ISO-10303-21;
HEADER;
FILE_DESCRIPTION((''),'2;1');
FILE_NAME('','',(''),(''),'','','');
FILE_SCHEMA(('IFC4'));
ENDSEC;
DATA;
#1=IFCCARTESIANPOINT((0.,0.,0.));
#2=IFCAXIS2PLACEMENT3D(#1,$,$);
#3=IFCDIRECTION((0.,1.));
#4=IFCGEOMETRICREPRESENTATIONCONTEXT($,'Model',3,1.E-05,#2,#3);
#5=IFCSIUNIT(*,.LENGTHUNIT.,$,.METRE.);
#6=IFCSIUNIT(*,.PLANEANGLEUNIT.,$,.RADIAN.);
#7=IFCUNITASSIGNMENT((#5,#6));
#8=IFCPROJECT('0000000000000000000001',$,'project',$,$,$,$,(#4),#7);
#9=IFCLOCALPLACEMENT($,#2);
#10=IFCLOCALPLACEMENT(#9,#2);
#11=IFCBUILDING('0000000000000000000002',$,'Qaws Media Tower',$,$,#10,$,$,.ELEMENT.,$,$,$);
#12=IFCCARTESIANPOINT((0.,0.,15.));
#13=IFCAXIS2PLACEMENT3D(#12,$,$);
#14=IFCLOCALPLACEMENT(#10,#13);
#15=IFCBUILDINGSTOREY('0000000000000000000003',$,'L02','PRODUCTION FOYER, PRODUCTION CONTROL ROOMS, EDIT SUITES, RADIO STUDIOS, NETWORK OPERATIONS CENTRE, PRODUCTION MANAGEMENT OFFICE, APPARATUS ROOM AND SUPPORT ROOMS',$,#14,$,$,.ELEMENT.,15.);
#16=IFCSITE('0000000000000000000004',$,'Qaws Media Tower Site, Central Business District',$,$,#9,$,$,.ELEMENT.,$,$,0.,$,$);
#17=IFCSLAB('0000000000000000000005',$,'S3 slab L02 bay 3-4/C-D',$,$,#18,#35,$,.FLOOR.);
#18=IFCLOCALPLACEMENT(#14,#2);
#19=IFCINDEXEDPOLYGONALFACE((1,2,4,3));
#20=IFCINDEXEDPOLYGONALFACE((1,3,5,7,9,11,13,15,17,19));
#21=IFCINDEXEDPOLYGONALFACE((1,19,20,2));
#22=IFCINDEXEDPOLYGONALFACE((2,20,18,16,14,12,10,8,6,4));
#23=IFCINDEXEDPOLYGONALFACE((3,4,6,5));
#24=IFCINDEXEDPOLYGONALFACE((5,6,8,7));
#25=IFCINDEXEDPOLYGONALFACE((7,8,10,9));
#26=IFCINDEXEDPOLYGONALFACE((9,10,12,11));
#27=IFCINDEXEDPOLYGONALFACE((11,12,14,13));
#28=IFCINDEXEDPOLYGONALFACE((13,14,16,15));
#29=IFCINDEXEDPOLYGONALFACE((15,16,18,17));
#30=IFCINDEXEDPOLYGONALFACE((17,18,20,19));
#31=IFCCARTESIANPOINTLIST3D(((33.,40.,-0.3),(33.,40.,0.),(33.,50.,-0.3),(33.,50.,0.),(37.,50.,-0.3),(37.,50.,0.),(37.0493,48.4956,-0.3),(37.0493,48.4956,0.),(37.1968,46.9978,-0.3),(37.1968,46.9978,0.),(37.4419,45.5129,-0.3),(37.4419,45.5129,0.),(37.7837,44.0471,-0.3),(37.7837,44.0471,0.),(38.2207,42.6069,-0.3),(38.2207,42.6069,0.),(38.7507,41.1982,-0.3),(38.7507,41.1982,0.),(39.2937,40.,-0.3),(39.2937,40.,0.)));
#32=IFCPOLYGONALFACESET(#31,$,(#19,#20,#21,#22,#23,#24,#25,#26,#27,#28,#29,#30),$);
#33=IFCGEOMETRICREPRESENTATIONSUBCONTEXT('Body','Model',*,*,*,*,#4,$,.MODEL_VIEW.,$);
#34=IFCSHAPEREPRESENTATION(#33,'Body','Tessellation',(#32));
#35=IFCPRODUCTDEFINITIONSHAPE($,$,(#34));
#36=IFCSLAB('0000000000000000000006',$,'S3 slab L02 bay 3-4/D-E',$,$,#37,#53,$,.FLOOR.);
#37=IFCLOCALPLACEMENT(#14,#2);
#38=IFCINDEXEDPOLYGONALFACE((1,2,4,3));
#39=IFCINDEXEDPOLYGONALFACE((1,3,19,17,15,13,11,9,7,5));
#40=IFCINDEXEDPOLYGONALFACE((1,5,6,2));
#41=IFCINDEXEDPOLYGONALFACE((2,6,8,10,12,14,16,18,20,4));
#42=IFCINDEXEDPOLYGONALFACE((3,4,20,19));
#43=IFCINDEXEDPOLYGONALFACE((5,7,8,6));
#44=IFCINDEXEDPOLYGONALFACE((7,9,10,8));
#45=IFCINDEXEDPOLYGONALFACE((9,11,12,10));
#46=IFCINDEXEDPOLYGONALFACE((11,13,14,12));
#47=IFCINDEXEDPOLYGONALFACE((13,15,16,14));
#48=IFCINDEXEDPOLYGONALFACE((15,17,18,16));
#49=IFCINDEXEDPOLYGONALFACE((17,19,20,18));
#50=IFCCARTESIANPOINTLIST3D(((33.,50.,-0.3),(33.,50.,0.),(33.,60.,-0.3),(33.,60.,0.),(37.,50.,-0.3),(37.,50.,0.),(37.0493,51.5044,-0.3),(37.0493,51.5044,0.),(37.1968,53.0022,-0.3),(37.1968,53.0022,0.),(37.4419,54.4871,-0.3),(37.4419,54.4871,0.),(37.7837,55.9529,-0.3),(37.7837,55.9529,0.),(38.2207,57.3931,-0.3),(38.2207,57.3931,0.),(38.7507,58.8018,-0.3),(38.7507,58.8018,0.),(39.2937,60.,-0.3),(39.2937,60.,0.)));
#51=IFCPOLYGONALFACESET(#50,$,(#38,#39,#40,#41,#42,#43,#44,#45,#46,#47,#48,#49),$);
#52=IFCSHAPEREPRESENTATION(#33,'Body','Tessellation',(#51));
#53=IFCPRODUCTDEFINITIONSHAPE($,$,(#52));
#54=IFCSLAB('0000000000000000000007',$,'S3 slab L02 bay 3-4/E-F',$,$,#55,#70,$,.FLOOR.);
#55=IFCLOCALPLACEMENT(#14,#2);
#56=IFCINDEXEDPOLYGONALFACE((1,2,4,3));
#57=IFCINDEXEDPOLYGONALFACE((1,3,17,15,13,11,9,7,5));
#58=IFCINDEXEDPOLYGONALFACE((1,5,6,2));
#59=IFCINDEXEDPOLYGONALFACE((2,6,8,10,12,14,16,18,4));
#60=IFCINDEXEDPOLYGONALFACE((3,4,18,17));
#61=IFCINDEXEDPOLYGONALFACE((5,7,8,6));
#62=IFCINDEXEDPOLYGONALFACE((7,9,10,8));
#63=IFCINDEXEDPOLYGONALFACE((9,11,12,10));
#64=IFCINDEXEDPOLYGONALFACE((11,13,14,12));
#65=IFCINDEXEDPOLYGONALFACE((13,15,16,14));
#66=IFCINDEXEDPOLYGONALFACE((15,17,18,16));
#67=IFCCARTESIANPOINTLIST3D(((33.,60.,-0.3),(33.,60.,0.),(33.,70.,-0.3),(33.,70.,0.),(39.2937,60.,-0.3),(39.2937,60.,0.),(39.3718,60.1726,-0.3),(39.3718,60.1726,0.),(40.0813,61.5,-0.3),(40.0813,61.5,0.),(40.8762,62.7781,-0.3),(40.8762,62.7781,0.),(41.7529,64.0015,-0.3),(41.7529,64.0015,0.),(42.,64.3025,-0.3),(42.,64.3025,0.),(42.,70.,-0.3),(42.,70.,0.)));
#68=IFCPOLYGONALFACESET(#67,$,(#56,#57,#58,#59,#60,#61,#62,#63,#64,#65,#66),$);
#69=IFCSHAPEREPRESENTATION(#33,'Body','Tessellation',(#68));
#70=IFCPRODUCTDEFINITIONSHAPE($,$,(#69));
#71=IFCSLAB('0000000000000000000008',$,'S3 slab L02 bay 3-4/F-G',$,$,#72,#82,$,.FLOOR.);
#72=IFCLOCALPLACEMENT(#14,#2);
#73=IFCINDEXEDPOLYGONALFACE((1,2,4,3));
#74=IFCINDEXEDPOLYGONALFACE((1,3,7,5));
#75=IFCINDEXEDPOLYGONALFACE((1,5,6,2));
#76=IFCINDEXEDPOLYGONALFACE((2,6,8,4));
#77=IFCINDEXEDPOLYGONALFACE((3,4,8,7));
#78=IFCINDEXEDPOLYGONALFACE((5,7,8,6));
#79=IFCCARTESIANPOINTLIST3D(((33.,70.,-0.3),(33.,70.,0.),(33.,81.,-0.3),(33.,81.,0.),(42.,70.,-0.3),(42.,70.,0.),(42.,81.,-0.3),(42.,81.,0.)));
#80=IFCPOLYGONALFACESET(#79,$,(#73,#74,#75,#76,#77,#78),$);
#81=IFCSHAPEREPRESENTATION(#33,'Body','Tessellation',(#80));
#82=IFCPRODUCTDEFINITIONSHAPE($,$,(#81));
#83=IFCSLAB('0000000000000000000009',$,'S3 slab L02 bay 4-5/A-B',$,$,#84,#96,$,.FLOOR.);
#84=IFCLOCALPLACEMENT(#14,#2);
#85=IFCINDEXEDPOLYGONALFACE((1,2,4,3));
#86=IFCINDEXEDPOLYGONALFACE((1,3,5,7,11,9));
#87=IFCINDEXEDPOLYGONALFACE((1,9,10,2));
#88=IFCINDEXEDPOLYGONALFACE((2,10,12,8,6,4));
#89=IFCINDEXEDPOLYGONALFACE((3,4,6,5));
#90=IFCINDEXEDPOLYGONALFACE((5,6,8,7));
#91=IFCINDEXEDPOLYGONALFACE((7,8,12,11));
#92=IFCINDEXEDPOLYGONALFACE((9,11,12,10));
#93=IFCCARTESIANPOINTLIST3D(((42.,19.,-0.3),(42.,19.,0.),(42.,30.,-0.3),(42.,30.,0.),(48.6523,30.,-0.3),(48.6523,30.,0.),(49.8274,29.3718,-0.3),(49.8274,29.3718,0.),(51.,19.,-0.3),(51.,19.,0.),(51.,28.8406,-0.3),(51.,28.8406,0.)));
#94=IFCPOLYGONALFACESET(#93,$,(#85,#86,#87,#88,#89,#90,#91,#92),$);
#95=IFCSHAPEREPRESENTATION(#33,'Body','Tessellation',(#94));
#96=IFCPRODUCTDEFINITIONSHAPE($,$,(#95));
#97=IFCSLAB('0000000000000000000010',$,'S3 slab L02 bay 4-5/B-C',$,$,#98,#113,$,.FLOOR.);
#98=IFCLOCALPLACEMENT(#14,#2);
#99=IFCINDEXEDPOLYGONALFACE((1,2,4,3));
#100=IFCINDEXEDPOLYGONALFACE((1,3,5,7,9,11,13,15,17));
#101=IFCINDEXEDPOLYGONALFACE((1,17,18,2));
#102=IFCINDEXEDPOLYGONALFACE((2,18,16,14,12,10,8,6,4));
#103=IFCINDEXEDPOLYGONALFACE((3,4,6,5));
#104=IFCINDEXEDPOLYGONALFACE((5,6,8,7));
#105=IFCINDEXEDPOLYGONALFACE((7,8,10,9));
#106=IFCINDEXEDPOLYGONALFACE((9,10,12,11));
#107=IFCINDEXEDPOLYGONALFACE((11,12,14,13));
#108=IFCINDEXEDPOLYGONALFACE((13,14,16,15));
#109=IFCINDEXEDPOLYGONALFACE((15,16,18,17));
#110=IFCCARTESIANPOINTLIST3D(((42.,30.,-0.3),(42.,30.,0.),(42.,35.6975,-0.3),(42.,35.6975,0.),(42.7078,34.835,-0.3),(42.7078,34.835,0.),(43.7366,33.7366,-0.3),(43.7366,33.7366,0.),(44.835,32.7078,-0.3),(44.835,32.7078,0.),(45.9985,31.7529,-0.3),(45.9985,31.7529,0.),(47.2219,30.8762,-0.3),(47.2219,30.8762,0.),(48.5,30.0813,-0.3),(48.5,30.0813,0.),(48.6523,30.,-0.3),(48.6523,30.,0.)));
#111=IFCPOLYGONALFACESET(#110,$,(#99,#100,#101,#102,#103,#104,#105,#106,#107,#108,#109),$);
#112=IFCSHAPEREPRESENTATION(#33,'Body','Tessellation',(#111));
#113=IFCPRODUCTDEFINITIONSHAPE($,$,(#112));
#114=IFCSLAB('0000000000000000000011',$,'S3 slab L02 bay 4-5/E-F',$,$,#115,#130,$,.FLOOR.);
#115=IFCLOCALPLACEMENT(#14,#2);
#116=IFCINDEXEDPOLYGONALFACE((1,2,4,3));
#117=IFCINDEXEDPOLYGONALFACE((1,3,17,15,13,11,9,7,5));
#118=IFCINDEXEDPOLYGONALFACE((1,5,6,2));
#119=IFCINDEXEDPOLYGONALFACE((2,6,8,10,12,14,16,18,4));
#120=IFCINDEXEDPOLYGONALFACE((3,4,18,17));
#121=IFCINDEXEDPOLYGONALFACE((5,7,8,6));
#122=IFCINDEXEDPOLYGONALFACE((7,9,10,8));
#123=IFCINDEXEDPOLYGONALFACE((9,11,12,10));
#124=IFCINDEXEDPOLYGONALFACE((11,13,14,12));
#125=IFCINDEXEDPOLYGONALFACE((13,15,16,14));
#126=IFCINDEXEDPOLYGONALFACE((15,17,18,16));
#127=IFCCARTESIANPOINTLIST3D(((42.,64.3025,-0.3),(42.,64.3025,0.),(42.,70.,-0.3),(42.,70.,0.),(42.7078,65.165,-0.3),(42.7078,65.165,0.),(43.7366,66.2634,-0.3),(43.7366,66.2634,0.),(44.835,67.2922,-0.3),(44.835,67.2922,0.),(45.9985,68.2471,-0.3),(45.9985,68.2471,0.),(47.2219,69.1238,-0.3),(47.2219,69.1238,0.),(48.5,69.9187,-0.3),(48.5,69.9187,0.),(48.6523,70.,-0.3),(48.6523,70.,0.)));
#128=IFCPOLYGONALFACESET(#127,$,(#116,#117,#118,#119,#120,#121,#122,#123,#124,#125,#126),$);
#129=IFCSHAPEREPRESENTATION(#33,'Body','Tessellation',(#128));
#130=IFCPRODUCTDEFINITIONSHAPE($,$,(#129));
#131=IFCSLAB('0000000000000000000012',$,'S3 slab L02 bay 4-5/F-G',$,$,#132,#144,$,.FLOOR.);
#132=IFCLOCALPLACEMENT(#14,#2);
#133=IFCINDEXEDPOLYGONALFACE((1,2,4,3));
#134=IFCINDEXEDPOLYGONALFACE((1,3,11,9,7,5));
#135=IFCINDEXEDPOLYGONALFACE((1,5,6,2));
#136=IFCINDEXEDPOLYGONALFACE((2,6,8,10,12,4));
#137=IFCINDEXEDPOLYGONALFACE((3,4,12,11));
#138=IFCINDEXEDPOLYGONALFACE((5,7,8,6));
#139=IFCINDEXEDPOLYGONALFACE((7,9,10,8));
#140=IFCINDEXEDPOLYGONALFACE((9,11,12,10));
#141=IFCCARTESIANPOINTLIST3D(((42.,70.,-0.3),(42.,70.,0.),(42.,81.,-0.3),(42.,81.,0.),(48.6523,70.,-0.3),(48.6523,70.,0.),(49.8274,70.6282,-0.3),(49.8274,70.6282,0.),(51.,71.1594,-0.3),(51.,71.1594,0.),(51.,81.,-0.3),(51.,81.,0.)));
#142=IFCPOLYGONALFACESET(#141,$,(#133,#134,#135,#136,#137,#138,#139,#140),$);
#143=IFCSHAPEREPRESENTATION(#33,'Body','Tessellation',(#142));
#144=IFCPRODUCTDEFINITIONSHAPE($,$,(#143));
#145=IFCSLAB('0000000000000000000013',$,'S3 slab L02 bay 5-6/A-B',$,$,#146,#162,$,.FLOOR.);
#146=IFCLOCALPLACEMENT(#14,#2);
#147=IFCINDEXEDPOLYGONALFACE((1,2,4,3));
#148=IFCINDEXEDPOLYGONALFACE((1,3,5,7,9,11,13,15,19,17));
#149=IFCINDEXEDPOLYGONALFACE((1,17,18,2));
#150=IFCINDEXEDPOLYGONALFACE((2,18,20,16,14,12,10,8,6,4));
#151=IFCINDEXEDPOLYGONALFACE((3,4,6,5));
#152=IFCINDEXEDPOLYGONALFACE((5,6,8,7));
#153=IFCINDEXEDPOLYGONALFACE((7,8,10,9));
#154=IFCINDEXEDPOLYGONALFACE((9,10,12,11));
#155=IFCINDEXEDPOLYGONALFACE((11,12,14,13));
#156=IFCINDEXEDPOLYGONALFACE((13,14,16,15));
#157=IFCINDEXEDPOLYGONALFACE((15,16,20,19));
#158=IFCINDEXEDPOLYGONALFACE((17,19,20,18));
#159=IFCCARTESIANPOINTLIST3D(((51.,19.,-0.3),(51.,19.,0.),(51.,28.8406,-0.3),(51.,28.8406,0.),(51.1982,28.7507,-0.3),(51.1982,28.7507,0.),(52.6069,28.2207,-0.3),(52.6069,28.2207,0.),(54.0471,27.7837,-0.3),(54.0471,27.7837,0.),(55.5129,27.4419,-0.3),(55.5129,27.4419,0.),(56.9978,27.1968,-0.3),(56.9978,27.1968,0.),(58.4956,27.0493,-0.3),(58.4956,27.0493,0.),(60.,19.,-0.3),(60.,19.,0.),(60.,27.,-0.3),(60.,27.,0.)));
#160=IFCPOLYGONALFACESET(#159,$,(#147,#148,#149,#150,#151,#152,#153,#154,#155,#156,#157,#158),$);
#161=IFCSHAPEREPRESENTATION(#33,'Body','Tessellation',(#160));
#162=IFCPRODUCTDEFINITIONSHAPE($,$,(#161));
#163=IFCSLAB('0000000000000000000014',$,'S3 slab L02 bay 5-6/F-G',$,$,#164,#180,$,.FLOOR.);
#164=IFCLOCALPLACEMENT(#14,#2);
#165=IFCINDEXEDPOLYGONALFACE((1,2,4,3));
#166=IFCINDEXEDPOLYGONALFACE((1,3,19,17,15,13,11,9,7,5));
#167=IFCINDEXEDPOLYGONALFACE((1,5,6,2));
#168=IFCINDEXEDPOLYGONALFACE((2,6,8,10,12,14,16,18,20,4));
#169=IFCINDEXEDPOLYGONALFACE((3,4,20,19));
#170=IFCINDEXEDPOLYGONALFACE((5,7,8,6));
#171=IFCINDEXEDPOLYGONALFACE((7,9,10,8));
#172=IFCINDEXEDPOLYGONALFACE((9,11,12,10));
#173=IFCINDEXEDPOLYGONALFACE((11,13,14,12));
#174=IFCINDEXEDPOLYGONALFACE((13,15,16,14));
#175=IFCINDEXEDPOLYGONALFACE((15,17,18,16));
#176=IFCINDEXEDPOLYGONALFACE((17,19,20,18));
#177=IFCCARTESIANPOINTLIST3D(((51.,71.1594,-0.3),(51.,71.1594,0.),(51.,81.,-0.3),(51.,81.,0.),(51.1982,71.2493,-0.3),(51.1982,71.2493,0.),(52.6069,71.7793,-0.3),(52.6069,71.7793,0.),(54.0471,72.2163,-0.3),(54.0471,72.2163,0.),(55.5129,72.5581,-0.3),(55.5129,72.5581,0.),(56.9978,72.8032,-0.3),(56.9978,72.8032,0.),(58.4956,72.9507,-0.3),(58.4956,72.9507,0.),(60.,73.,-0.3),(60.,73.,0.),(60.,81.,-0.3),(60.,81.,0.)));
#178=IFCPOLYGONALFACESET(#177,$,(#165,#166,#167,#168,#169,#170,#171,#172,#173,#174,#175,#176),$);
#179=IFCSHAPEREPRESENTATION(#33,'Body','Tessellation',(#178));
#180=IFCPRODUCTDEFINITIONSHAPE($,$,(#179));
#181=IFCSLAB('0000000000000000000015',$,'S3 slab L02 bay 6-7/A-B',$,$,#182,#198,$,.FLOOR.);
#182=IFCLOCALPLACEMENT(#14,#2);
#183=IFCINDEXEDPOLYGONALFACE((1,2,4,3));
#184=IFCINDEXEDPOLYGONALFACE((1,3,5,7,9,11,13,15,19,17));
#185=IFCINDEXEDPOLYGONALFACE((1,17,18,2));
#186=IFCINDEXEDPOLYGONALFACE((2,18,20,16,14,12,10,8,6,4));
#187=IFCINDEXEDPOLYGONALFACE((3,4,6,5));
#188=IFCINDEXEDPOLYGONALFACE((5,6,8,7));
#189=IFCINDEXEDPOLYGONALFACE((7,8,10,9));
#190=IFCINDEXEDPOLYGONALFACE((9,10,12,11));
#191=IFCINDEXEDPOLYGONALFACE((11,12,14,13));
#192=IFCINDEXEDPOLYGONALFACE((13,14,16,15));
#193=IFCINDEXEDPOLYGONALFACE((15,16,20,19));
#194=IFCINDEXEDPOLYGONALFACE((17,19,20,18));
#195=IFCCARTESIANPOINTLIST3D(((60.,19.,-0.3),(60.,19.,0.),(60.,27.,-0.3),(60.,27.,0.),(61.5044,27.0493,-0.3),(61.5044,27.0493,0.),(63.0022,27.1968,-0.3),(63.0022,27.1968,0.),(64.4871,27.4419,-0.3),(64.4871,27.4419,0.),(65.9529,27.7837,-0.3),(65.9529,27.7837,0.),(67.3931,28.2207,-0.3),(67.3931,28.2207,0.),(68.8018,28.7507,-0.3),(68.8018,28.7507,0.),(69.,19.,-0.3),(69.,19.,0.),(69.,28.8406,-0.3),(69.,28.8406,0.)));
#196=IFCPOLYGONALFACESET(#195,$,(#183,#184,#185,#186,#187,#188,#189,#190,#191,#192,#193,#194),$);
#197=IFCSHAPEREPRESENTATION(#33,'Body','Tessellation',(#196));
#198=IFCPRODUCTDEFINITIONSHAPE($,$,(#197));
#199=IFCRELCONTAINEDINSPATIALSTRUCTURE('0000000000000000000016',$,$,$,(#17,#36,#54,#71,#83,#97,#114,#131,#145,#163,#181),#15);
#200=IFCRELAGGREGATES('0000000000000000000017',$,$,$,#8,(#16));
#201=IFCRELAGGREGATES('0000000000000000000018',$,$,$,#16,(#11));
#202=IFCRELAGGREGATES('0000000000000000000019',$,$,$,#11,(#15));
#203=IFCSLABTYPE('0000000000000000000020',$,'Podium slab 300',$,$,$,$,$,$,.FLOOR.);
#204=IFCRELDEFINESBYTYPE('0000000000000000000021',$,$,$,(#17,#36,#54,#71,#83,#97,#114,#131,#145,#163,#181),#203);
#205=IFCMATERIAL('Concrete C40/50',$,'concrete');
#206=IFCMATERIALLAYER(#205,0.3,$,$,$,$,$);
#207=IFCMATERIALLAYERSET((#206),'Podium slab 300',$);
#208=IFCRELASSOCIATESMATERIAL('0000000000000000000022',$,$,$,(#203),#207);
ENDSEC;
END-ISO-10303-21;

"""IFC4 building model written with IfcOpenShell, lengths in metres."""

from ifc_helpers import new_model, si_unit, direction, frame, origin, place, context, subcontext, project, spatial, polyline, outline, extrude, material, layer, layer_set, type_object, element, save


model = new_model("IFC4")

# Units and contexts
model_context = context("Model", 3, precision=1e-05, world=origin(), true_north=direction((0.0, 1.0)))
body_context = subcontext(model_context, "Body", "Model", "MODEL_VIEW")
ifc_project = project(units=[si_unit("LENGTHUNIT", "METRE"), si_unit("PLANEANGLEUNIT", "RADIAN")], contexts=[model_context])

# Site, building, storey
site_placement = place(None, origin())
site = spatial("IfcSite", under=ifc_project, at=site_placement, Name="Qaws Media Tower Site, Central Business District", CompositionType="ELEMENT", RefElevation=0.0)
building_placement = place(site_placement, origin())
building = spatial("IfcBuilding", under=site, at=building_placement, Name="Qaws Media Tower", CompositionType="ELEMENT")
storey_placement = place(building_placement, frame((0.0, 0.0, 15.0)))
storey = spatial("IfcBuildingStorey", under=building, at=storey_placement, Name="L02", Description="PRODUCTION FOYER, PRODUCTION CONTROL ROOMS, EDIT SUITES, RADIO STUDIOS, NETWORK OPERATIONS CENTRE, PRODUCTION MANAGEMENT OFFICE, APPARATUS ROOM AND SUPPORT ROOMS", CompositionType="ELEMENT", Elevation=15.0)

# Slabs
ifc_material = material(Name="Concrete C40/50", Category="concrete")
ifc_layer = layer(ifc_material, 0.3)
ifc_layer_set = layer_set([ifc_layer], Name="Podium slab 300")
slab_type = type_object("IfcSlabType", Name="Podium slab 300", PredefinedType="FLOOR", material=ifc_layer_set)
slab_1_placement = place(storey_placement, frame((0.0, 0.0, -0.3)))
element("IfcSlab", 1, at=slab_1_placement, inside=storey, type_object=slab_type, Name="S3 slab L02 bay 3-4/C-D", PredefinedType="FLOOR", context=body_context, shape_type="SweptSolid", body=[
    extrude(outline(polyline([(37.0493, 48.4956), (37.1968, 46.9978), (37.4419, 45.5129), (37.7837, 44.0471), (38.2207, 42.6069), (38.7507, 41.1982), (39.2937, 40.0), (33.0, 40.0), (33.0, 50.0), (37.0, 50.0), (37.0493, 48.4956)])), origin(), (0.0, 0.0, 1.0), 0.3),
])
slab_2_placement = place(storey_placement, frame((0.0, 0.0, -0.3)))
element("IfcSlab", 2, at=slab_2_placement, inside=storey, type_object=slab_type, Name="S3 slab L02 bay 3-4/D-E", PredefinedType="FLOOR", context=body_context, shape_type="SweptSolid", body=[
    extrude(outline(polyline([(38.7507, 58.8018), (38.2207, 57.3931), (37.7837, 55.9529), (37.4419, 54.4871), (37.1968, 53.0022), (37.0493, 51.5044), (37.0, 50.0), (33.0, 50.0), (33.0, 60.0), (39.2937, 60.0), (38.7507, 58.8018)])), origin(), (0.0, 0.0, 1.0), 0.3),
])
slab_3_placement = place(storey_placement, frame((0.0, 0.0, -0.3)))
element("IfcSlab", 3, at=slab_3_placement, inside=storey, type_object=slab_type, Name="S3 slab L02 bay 3-4/E-F", PredefinedType="FLOOR", context=body_context, shape_type="SweptSolid", body=[
    extrude(outline(polyline([(41.7529, 64.0015), (40.8762, 62.7781), (40.0813, 61.5), (39.3718, 60.1726), (39.2937, 60.0), (33.0, 60.0), (33.0, 70.0), (42.0, 70.0), (42.0, 64.3025), (41.7529, 64.0015)])), origin(), (0.0, 0.0, 1.0), 0.3),
])
slab_4_placement = place(storey_placement, frame((0.0, 0.0, -0.3)))
element("IfcSlab", 4, at=slab_4_placement, inside=storey, type_object=slab_type, Name="S3 slab L02 bay 3-4/F-G", PredefinedType="FLOOR", context=body_context, shape_type="SweptSolid", body=[
    extrude(outline(polyline([(42.0, 81.0), (42.0, 70.0), (33.0, 70.0), (33.0, 81.0), (42.0, 81.0)])), origin(), (0.0, 0.0, 1.0), 0.3),
])
slab_5_placement = place(storey_placement, frame((0.0, 0.0, -0.3)))
element("IfcSlab", 5, at=slab_5_placement, inside=storey, type_object=slab_type, Name="S3 slab L02 bay 4-5/A-B", PredefinedType="FLOOR", context=body_context, shape_type="SweptSolid", body=[
    extrude(outline(polyline([(42.0, 19.0), (42.0, 30.0), (48.6523, 30.0), (49.8274, 29.3718), (51.0, 28.8406), (51.0, 19.0), (42.0, 19.0)])), origin(), (0.0, 0.0, 1.0), 0.3),
])
slab_6_placement = place(storey_placement, frame((0.0, 0.0, -0.3)))
element("IfcSlab", 6, at=slab_6_placement, inside=storey, type_object=slab_type, Name="S3 slab L02 bay 4-5/B-C", PredefinedType="FLOOR", context=body_context, shape_type="SweptSolid", body=[
    extrude(outline(polyline([(42.7078, 34.835), (43.7366, 33.7366), (44.835, 32.7078), (45.9985, 31.7529), (47.2219, 30.8762), (48.5, 30.0813), (48.6523, 30.0), (42.0, 30.0), (42.0, 35.6975), (42.7078, 34.835)])), origin(), (0.0, 0.0, 1.0), 0.3),
])
slab_7_placement = place(storey_placement, frame((0.0, 0.0, -0.3)))
element("IfcSlab", 7, at=slab_7_placement, inside=storey, type_object=slab_type, Name="S3 slab L02 bay 4-5/E-F", PredefinedType="FLOOR", context=body_context, shape_type="SweptSolid", body=[
    extrude(outline(polyline([(48.5, 69.9187), (47.2219, 69.1238), (45.9985, 68.2471), (44.835, 67.2922), (43.7366, 66.2634), (42.7078, 65.165), (42.0, 64.3025), (42.0, 70.0), (48.6523, 70.0), (48.5, 69.9187)])), origin(), (0.0, 0.0, 1.0), 0.3),
])
slab_8_placement = place(storey_placement, frame((0.0, 0.0, -0.3)))
element("IfcSlab", 8, at=slab_8_placement, inside=storey, type_object=slab_type, Name="S3 slab L02 bay 4-5/F-G", PredefinedType="FLOOR", context=body_context, shape_type="SweptSolid", body=[
    extrude(outline(polyline([(51.0, 81.0), (51.0, 71.1594), (49.8274, 70.6282), (48.6523, 70.0), (42.0, 70.0), (42.0, 81.0), (51.0, 81.0)])), origin(), (0.0, 0.0, 1.0), 0.3),
])
slab_9_placement = place(storey_placement, frame((0.0, 0.0, -0.3)))
element("IfcSlab", 9, at=slab_9_placement, inside=storey, type_object=slab_type, Name="S3 slab L02 bay 5-6/A-B", PredefinedType="FLOOR", context=body_context, shape_type="SweptSolid", body=[
    extrude(outline(polyline([(51.0, 19.0), (51.0, 28.8406), (51.1982, 28.7507), (52.6069, 28.2207), (54.0471, 27.7837), (55.5129, 27.4419), (56.9978, 27.1968), (58.4956, 27.0493), (60.0, 27.0), (60.0, 19.0), (51.0, 19.0)])), origin(), (0.0, 0.0, 1.0), 0.3),
])
slab_10_placement = place(storey_placement, frame((0.0, 0.0, -0.3)))
element("IfcSlab", 10, at=slab_10_placement, inside=storey, type_object=slab_type, Name="S3 slab L02 bay 5-6/F-G", PredefinedType="FLOOR", context=body_context, shape_type="SweptSolid", body=[
    extrude(outline(polyline([(60.0, 81.0), (60.0, 73.0), (58.4956, 72.9507), (56.9978, 72.8032), (55.5129, 72.5581), (54.0471, 72.2163), (52.6069, 71.7793), (51.1982, 71.2493), (51.0, 71.1594), (51.0, 81.0), (60.0, 81.0)])), origin(), (0.0, 0.0, 1.0), 0.3),
])
slab_11_placement = place(storey_placement, frame((0.0, 0.0, -0.3)))
element("IfcSlab", 11, at=slab_11_placement, inside=storey, type_object=slab_type, Name="S3 slab L02 bay 6-7/A-B", PredefinedType="FLOOR", context=body_context, shape_type="SweptSolid", body=[
    extrude(outline(polyline([(60.0, 19.0), (60.0, 27.0), (61.5044, 27.0493), (63.0022, 27.1968), (64.4871, 27.4419), (65.9529, 27.7837), (67.3931, 28.2207), (68.8018, 28.7507), (69.0, 28.8406), (69.0, 19.0), (60.0, 19.0)])), origin(), (0.0, 0.0, 1.0), 0.3),
])

save(model, "model.ifc")
